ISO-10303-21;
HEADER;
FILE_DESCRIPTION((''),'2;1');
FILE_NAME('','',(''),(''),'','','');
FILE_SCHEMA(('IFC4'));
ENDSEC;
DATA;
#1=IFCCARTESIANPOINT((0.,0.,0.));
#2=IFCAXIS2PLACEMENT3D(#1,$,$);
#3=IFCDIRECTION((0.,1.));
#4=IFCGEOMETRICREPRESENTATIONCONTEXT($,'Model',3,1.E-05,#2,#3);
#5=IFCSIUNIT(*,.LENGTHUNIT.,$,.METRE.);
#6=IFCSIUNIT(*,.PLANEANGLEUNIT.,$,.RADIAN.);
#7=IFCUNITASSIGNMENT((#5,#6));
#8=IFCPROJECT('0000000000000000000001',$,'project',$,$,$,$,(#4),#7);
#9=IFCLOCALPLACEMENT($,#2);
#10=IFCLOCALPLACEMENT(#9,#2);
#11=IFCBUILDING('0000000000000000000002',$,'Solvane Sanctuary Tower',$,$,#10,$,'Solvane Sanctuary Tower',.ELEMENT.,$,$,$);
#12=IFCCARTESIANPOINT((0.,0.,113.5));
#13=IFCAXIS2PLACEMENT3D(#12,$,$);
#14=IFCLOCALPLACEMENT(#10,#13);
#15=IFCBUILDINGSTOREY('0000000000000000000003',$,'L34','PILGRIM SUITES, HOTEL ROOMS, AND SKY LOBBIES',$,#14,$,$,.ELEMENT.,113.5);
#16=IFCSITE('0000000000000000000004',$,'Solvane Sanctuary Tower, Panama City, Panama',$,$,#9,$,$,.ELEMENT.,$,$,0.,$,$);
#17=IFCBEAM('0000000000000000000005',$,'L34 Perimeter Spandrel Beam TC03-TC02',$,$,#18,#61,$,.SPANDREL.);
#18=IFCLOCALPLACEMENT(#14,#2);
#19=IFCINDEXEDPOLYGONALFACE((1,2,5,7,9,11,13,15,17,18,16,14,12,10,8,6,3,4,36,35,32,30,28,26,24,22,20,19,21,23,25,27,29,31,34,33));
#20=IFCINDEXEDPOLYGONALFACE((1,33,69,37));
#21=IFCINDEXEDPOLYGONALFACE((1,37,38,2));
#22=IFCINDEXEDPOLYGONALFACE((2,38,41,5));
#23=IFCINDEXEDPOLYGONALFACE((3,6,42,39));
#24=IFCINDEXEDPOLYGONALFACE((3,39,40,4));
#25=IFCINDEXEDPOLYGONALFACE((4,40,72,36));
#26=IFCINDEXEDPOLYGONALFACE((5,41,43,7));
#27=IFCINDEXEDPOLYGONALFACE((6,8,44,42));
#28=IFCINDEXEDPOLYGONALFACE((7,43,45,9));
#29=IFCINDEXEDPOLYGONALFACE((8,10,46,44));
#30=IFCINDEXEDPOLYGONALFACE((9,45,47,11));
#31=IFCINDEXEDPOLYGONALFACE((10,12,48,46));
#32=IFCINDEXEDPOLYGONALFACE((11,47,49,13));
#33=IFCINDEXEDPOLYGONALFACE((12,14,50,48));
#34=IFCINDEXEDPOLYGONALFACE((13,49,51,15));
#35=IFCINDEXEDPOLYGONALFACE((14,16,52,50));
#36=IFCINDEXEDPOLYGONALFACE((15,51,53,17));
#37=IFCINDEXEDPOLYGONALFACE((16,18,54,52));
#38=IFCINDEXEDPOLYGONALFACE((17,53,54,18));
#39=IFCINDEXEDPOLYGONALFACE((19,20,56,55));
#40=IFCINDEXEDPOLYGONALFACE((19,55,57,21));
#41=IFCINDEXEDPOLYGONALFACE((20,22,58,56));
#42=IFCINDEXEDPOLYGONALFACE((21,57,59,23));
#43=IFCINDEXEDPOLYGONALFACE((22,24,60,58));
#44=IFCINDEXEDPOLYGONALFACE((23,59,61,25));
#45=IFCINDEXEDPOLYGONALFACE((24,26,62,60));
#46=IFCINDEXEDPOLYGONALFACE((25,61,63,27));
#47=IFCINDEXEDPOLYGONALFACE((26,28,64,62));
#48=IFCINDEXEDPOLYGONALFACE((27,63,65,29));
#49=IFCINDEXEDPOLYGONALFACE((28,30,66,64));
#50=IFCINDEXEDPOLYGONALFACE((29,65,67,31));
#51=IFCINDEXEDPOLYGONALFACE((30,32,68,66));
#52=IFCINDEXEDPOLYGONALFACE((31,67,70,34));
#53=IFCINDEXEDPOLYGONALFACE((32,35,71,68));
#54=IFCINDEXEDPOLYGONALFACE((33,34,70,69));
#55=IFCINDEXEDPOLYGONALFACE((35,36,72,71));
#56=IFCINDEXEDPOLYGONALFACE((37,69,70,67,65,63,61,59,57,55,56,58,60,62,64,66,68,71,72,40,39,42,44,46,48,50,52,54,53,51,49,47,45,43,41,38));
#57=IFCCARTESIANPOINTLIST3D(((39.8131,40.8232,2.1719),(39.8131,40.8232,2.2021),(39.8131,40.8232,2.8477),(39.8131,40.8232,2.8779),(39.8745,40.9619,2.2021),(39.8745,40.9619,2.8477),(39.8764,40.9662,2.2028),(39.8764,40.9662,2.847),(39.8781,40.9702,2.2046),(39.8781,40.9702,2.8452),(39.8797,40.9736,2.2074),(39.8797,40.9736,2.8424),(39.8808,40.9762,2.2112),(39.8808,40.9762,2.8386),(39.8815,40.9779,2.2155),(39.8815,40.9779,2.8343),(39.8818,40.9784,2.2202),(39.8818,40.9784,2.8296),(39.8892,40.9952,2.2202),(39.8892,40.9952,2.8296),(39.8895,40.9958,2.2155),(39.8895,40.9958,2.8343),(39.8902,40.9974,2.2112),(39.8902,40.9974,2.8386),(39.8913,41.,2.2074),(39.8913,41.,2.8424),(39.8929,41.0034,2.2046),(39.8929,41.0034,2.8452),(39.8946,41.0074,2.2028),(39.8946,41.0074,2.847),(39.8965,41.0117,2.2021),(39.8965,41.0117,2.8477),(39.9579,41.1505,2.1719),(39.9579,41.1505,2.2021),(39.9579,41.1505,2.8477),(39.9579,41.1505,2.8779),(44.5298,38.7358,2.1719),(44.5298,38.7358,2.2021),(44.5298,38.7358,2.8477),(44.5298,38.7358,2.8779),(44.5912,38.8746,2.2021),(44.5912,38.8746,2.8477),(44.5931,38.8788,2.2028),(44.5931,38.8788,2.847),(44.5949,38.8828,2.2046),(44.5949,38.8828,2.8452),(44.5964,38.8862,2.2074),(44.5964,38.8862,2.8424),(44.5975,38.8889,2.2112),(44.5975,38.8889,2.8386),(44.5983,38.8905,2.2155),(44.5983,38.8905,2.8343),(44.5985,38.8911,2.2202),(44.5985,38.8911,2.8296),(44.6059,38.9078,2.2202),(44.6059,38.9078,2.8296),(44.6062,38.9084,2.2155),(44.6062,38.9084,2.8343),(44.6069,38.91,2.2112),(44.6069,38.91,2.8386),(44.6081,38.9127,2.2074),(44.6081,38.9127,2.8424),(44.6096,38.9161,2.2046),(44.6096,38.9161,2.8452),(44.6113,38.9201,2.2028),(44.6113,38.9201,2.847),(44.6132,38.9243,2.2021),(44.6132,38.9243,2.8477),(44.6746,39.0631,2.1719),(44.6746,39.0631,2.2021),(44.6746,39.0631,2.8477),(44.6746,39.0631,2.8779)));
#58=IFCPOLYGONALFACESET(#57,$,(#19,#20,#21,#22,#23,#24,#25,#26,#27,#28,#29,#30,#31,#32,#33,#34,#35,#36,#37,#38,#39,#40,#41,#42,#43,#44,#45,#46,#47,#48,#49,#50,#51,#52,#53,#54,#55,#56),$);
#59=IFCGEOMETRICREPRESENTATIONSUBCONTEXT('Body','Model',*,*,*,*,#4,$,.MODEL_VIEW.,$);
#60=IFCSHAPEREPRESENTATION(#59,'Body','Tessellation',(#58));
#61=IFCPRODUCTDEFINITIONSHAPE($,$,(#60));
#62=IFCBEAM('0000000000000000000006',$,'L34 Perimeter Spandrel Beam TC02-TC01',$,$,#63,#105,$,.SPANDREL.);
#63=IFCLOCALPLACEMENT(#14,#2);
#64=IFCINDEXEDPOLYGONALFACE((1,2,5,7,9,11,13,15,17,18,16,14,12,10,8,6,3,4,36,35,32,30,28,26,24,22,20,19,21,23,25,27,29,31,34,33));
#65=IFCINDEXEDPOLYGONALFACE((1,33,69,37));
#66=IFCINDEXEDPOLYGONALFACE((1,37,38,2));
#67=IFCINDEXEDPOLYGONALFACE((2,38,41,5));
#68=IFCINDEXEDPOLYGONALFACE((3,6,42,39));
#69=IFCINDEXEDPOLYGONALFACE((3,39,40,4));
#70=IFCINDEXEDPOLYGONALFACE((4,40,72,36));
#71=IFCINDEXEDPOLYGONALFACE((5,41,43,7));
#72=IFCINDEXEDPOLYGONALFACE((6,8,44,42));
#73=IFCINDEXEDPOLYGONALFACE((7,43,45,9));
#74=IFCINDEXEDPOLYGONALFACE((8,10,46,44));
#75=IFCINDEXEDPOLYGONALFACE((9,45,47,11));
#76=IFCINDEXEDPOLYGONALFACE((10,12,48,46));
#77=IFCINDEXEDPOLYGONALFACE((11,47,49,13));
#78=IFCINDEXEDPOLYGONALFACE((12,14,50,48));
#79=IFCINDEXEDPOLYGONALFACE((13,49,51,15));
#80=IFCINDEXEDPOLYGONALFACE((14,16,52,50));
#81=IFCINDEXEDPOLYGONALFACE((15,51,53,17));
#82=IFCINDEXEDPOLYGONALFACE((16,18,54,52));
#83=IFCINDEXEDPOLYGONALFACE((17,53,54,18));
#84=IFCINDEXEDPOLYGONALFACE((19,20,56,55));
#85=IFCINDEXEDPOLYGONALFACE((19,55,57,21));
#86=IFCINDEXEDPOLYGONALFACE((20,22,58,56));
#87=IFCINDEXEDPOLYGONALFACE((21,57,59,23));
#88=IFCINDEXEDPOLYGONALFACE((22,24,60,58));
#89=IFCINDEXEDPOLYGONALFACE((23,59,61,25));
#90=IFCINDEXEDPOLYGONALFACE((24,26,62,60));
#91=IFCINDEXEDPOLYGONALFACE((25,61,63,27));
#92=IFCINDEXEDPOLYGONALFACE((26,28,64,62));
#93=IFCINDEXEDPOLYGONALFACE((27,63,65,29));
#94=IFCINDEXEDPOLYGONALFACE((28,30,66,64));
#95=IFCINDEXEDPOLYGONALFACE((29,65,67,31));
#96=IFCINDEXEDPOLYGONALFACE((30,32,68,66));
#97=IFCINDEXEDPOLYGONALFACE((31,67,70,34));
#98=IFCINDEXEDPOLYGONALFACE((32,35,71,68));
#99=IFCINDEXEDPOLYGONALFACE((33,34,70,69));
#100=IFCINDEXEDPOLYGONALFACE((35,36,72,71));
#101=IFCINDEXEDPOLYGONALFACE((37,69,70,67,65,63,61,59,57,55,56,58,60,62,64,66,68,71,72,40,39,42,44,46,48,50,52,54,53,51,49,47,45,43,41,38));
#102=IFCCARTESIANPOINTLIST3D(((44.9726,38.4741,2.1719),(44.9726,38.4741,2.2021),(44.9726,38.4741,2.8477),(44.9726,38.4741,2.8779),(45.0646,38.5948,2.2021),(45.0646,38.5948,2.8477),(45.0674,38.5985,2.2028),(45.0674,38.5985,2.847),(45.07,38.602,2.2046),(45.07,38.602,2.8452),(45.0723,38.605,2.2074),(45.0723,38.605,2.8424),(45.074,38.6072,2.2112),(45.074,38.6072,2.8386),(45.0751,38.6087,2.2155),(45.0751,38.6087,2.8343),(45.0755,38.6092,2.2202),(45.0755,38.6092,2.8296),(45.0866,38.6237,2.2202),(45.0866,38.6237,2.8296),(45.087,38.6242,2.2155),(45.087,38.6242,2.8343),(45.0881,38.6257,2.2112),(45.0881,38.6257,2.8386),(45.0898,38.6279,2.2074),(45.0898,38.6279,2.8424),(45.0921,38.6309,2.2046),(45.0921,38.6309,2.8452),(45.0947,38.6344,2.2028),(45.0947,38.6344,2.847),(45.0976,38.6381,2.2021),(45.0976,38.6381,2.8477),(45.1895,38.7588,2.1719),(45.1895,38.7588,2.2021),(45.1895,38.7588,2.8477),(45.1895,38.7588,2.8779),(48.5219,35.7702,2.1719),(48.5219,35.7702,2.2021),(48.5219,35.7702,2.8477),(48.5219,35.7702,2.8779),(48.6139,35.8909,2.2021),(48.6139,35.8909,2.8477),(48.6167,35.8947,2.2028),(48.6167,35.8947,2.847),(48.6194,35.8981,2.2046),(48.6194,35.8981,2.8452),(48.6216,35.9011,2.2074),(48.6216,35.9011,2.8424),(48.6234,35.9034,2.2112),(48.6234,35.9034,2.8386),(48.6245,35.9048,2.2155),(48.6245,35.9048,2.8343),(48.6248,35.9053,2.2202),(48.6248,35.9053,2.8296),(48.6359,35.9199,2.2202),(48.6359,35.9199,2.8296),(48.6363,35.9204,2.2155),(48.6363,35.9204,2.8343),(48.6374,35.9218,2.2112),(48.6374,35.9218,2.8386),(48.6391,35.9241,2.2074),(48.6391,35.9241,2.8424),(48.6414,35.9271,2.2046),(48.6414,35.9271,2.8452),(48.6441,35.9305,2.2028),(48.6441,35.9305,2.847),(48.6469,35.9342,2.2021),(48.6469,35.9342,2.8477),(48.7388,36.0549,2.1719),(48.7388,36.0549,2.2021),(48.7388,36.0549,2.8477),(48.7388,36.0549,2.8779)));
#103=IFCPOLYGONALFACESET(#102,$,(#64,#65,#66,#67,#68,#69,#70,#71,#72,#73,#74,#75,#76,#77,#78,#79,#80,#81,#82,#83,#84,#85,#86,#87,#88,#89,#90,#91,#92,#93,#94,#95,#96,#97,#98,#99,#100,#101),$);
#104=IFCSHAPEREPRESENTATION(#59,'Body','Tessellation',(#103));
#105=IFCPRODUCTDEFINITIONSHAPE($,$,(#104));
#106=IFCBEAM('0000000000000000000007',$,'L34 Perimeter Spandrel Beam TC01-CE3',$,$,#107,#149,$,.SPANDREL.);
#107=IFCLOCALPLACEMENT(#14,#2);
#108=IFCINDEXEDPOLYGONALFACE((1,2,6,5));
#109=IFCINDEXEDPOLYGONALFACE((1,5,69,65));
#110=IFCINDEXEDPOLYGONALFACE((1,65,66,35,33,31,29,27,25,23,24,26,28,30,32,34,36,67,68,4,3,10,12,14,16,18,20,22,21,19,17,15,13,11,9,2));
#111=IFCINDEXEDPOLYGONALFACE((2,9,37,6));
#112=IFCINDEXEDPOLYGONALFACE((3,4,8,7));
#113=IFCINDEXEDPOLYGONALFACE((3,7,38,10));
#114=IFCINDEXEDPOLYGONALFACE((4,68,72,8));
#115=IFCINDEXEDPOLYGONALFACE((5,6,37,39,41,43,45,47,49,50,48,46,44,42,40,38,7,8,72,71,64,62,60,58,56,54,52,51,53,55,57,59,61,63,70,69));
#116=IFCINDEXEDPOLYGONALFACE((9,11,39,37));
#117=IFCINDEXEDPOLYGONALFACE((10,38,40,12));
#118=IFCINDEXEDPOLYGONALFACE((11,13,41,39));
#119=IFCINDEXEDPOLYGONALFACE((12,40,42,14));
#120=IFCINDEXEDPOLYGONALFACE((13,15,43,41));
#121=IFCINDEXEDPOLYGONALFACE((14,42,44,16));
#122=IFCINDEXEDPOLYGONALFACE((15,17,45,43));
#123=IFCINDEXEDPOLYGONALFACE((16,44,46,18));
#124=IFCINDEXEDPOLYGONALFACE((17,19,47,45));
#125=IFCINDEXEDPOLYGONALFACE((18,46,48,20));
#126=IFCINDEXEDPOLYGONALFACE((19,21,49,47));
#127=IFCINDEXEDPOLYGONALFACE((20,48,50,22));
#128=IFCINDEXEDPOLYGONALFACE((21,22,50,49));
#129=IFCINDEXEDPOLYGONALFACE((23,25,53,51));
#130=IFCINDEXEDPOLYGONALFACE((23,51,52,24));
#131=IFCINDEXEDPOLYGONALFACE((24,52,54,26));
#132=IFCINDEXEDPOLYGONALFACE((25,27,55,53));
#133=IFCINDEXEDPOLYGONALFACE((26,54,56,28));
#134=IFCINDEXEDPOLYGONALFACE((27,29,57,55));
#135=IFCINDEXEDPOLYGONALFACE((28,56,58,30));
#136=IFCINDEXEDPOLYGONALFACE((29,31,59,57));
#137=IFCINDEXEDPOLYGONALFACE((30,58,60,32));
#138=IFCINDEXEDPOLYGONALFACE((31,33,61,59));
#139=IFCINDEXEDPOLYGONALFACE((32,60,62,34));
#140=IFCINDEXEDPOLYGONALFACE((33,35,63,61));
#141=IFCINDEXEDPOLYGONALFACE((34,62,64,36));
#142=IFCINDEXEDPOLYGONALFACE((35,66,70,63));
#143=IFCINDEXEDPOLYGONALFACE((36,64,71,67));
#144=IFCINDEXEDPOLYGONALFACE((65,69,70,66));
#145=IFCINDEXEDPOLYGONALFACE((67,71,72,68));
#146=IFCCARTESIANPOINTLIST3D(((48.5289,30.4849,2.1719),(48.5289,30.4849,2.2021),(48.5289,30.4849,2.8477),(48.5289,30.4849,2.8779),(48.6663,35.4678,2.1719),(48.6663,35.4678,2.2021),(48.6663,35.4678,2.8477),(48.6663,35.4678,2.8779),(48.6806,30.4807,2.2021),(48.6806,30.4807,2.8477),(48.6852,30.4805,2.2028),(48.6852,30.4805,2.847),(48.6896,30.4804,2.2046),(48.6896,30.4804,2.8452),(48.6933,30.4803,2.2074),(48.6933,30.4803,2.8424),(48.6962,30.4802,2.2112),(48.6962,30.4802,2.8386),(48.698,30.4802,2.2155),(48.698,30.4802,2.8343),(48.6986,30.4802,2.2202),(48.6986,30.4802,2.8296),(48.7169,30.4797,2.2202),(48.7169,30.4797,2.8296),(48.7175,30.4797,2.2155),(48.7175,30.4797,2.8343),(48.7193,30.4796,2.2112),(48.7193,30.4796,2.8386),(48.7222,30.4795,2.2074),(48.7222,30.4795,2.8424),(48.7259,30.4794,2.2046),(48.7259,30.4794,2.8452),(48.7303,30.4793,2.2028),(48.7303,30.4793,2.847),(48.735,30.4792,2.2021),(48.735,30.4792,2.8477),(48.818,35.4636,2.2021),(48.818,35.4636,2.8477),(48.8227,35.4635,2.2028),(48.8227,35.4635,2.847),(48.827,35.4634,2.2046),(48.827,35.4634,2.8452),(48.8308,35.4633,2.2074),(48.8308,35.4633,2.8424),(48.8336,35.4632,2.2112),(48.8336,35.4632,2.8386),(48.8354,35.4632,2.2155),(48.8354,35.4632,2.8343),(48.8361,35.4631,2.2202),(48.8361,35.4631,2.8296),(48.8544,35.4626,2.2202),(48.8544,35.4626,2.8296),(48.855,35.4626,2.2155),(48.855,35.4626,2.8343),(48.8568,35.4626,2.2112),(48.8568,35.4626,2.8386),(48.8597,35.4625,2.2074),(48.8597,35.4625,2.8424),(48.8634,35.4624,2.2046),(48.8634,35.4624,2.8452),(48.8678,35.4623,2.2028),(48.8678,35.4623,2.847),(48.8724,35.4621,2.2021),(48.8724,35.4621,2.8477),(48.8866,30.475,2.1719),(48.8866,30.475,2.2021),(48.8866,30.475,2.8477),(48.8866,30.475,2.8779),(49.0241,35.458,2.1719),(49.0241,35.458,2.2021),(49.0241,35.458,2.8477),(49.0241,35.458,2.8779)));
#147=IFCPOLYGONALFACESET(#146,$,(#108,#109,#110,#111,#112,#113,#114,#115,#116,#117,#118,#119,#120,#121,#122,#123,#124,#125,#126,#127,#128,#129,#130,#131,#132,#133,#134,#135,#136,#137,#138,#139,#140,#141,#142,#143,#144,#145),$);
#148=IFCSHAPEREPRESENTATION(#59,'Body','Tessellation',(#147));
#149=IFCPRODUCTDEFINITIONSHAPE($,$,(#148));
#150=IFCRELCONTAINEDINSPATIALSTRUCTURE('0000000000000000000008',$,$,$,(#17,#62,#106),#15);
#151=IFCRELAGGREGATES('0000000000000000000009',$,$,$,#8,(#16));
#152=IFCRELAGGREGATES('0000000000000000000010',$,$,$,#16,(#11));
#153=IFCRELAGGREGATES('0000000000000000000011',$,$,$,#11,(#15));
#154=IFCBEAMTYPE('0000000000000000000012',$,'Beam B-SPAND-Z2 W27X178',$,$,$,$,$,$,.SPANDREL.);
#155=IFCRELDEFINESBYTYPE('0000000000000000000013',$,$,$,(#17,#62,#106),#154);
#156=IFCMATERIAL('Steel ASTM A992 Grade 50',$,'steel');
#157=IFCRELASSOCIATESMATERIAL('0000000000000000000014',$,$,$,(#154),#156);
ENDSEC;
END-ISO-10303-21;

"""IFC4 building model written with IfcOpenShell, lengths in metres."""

from ifc_helpers import new_model, si_unit, direction, frame, origin, origin_2d, place, context, subcontext, project, spatial, i_section, extrude, material, material_profile, profile_set, type_object, element, save


model = new_model("IFC4")

# Units and contexts
model_context = context("Model", 3, precision=1e-05, world=origin(), true_north=direction((0.0, 1.0)))
body_context = subcontext(model_context, "Body", "Model", "MODEL_VIEW")
ifc_project = project(units=[si_unit("LENGTHUNIT", "METRE"), si_unit("PLANEANGLEUNIT", "RADIAN")], contexts=[model_context])

# Site, building, storey
site_placement = place(None, origin())
site = spatial("IfcSite", under=ifc_project, at=site_placement, Name="Solvane Sanctuary Tower, Panama City, Panama", CompositionType="ELEMENT", RefElevation=0.0)
building_placement = place(site_placement, origin())
building = spatial("IfcBuilding", under=site, at=building_placement, Name="Solvane Sanctuary Tower", LongName="Solvane Sanctuary Tower", CompositionType="ELEMENT")
storey_placement = place(building_placement, frame((0.0, 0.0, 113.5)))
storey = spatial("IfcBuildingStorey", under=building, at=storey_placement, Name="L34", Description="PILGRIM SUITES, HOTEL ROOMS, AND SKY LOBBIES", CompositionType="ELEMENT", Elevation=113.5)

# Beams
ifc_material_1 = material(Name="Steel ASTM A992 Grade 50", Category="steel")
ifc_material_profile_1 = material_profile(ifc_material_1, i_section(OverallWidth=0.3579, OverallDepth=0.7061, WebThickness=0.0183, FlangeThickness=0.0303, FilletRadius=0.0181, at=origin_2d()), Name="W27X178")
ifc_profile_set_1 = profile_set([ifc_material_profile_1], Name="Steel ASTM A992 Grade 50")
beam_type_1 = type_object("IfcBeamType", Name="Beam B-SPAND-Z2 W27X178", PredefinedType="SPANDREL", material=ifc_profile_set_1)
beam_1_placement = place(storey_placement, frame((39.8855, 40.9868, 2.5249), z_axis=(0.914455, -0.404689, 0.0), x_axis=(0.404689, 0.914455, 0.0)))
element("IfcBeam", 1, at=beam_1_placement, inside=storey, type_object=beam_type_1, Name="L34 Perimeter Spandrel Beam TC03-TC02", PredefinedType="SPANDREL", context=body_context, shape_type="SweptSolid", body=[
    extrude(i_section(OverallWidth=0.3579, OverallDepth=0.7061, WebThickness=0.0183, FlangeThickness=0.0303, FilletRadius=0.0181, at=origin_2d()), origin(), (0.0, 0.0, 1.0), 5.158),
])
beam_2_placement = place(storey_placement, frame((45.0811, 38.6165, 2.5249), z_axis=(0.795473, -0.605989, 0.0), x_axis=(0.605989, 0.795473, 0.0)))
element("IfcBeam", 2, at=beam_2_placement, inside=storey, type_object=beam_type_1, Name="L34 Perimeter Spandrel Beam TC02-TC01", PredefinedType="SPANDREL", context=body_context, shape_type="SweptSolid", body=[
    extrude(i_section(OverallWidth=0.3579, OverallDepth=0.7061, WebThickness=0.0183, FlangeThickness=0.0303, FilletRadius=0.0181, at=origin_2d()), origin(), (0.0, 0.0, 1.0), 4.4619),
])
beam_3_placement = place(storey_placement, frame((48.8452, 35.4629, 2.5249), z_axis=(-0.027574, -0.99962, 0.0), x_axis=(0.99962, -0.027574, 0.0)))
element("IfcBeam", 3, at=beam_3_placement, inside=storey, type_object=beam_type_1, Name="L34 Perimeter Spandrel Beam TC01-CE3", PredefinedType="SPANDREL", context=body_context, shape_type="SweptSolid", body=[
    extrude(i_section(OverallWidth=0.3579, OverallDepth=0.7061, WebThickness=0.0183, FlangeThickness=0.0303, FilletRadius=0.0181, at=origin_2d()), origin(), (0.0, 0.0, 1.0), 4.9849),
])

save(model, "model.ifc")
